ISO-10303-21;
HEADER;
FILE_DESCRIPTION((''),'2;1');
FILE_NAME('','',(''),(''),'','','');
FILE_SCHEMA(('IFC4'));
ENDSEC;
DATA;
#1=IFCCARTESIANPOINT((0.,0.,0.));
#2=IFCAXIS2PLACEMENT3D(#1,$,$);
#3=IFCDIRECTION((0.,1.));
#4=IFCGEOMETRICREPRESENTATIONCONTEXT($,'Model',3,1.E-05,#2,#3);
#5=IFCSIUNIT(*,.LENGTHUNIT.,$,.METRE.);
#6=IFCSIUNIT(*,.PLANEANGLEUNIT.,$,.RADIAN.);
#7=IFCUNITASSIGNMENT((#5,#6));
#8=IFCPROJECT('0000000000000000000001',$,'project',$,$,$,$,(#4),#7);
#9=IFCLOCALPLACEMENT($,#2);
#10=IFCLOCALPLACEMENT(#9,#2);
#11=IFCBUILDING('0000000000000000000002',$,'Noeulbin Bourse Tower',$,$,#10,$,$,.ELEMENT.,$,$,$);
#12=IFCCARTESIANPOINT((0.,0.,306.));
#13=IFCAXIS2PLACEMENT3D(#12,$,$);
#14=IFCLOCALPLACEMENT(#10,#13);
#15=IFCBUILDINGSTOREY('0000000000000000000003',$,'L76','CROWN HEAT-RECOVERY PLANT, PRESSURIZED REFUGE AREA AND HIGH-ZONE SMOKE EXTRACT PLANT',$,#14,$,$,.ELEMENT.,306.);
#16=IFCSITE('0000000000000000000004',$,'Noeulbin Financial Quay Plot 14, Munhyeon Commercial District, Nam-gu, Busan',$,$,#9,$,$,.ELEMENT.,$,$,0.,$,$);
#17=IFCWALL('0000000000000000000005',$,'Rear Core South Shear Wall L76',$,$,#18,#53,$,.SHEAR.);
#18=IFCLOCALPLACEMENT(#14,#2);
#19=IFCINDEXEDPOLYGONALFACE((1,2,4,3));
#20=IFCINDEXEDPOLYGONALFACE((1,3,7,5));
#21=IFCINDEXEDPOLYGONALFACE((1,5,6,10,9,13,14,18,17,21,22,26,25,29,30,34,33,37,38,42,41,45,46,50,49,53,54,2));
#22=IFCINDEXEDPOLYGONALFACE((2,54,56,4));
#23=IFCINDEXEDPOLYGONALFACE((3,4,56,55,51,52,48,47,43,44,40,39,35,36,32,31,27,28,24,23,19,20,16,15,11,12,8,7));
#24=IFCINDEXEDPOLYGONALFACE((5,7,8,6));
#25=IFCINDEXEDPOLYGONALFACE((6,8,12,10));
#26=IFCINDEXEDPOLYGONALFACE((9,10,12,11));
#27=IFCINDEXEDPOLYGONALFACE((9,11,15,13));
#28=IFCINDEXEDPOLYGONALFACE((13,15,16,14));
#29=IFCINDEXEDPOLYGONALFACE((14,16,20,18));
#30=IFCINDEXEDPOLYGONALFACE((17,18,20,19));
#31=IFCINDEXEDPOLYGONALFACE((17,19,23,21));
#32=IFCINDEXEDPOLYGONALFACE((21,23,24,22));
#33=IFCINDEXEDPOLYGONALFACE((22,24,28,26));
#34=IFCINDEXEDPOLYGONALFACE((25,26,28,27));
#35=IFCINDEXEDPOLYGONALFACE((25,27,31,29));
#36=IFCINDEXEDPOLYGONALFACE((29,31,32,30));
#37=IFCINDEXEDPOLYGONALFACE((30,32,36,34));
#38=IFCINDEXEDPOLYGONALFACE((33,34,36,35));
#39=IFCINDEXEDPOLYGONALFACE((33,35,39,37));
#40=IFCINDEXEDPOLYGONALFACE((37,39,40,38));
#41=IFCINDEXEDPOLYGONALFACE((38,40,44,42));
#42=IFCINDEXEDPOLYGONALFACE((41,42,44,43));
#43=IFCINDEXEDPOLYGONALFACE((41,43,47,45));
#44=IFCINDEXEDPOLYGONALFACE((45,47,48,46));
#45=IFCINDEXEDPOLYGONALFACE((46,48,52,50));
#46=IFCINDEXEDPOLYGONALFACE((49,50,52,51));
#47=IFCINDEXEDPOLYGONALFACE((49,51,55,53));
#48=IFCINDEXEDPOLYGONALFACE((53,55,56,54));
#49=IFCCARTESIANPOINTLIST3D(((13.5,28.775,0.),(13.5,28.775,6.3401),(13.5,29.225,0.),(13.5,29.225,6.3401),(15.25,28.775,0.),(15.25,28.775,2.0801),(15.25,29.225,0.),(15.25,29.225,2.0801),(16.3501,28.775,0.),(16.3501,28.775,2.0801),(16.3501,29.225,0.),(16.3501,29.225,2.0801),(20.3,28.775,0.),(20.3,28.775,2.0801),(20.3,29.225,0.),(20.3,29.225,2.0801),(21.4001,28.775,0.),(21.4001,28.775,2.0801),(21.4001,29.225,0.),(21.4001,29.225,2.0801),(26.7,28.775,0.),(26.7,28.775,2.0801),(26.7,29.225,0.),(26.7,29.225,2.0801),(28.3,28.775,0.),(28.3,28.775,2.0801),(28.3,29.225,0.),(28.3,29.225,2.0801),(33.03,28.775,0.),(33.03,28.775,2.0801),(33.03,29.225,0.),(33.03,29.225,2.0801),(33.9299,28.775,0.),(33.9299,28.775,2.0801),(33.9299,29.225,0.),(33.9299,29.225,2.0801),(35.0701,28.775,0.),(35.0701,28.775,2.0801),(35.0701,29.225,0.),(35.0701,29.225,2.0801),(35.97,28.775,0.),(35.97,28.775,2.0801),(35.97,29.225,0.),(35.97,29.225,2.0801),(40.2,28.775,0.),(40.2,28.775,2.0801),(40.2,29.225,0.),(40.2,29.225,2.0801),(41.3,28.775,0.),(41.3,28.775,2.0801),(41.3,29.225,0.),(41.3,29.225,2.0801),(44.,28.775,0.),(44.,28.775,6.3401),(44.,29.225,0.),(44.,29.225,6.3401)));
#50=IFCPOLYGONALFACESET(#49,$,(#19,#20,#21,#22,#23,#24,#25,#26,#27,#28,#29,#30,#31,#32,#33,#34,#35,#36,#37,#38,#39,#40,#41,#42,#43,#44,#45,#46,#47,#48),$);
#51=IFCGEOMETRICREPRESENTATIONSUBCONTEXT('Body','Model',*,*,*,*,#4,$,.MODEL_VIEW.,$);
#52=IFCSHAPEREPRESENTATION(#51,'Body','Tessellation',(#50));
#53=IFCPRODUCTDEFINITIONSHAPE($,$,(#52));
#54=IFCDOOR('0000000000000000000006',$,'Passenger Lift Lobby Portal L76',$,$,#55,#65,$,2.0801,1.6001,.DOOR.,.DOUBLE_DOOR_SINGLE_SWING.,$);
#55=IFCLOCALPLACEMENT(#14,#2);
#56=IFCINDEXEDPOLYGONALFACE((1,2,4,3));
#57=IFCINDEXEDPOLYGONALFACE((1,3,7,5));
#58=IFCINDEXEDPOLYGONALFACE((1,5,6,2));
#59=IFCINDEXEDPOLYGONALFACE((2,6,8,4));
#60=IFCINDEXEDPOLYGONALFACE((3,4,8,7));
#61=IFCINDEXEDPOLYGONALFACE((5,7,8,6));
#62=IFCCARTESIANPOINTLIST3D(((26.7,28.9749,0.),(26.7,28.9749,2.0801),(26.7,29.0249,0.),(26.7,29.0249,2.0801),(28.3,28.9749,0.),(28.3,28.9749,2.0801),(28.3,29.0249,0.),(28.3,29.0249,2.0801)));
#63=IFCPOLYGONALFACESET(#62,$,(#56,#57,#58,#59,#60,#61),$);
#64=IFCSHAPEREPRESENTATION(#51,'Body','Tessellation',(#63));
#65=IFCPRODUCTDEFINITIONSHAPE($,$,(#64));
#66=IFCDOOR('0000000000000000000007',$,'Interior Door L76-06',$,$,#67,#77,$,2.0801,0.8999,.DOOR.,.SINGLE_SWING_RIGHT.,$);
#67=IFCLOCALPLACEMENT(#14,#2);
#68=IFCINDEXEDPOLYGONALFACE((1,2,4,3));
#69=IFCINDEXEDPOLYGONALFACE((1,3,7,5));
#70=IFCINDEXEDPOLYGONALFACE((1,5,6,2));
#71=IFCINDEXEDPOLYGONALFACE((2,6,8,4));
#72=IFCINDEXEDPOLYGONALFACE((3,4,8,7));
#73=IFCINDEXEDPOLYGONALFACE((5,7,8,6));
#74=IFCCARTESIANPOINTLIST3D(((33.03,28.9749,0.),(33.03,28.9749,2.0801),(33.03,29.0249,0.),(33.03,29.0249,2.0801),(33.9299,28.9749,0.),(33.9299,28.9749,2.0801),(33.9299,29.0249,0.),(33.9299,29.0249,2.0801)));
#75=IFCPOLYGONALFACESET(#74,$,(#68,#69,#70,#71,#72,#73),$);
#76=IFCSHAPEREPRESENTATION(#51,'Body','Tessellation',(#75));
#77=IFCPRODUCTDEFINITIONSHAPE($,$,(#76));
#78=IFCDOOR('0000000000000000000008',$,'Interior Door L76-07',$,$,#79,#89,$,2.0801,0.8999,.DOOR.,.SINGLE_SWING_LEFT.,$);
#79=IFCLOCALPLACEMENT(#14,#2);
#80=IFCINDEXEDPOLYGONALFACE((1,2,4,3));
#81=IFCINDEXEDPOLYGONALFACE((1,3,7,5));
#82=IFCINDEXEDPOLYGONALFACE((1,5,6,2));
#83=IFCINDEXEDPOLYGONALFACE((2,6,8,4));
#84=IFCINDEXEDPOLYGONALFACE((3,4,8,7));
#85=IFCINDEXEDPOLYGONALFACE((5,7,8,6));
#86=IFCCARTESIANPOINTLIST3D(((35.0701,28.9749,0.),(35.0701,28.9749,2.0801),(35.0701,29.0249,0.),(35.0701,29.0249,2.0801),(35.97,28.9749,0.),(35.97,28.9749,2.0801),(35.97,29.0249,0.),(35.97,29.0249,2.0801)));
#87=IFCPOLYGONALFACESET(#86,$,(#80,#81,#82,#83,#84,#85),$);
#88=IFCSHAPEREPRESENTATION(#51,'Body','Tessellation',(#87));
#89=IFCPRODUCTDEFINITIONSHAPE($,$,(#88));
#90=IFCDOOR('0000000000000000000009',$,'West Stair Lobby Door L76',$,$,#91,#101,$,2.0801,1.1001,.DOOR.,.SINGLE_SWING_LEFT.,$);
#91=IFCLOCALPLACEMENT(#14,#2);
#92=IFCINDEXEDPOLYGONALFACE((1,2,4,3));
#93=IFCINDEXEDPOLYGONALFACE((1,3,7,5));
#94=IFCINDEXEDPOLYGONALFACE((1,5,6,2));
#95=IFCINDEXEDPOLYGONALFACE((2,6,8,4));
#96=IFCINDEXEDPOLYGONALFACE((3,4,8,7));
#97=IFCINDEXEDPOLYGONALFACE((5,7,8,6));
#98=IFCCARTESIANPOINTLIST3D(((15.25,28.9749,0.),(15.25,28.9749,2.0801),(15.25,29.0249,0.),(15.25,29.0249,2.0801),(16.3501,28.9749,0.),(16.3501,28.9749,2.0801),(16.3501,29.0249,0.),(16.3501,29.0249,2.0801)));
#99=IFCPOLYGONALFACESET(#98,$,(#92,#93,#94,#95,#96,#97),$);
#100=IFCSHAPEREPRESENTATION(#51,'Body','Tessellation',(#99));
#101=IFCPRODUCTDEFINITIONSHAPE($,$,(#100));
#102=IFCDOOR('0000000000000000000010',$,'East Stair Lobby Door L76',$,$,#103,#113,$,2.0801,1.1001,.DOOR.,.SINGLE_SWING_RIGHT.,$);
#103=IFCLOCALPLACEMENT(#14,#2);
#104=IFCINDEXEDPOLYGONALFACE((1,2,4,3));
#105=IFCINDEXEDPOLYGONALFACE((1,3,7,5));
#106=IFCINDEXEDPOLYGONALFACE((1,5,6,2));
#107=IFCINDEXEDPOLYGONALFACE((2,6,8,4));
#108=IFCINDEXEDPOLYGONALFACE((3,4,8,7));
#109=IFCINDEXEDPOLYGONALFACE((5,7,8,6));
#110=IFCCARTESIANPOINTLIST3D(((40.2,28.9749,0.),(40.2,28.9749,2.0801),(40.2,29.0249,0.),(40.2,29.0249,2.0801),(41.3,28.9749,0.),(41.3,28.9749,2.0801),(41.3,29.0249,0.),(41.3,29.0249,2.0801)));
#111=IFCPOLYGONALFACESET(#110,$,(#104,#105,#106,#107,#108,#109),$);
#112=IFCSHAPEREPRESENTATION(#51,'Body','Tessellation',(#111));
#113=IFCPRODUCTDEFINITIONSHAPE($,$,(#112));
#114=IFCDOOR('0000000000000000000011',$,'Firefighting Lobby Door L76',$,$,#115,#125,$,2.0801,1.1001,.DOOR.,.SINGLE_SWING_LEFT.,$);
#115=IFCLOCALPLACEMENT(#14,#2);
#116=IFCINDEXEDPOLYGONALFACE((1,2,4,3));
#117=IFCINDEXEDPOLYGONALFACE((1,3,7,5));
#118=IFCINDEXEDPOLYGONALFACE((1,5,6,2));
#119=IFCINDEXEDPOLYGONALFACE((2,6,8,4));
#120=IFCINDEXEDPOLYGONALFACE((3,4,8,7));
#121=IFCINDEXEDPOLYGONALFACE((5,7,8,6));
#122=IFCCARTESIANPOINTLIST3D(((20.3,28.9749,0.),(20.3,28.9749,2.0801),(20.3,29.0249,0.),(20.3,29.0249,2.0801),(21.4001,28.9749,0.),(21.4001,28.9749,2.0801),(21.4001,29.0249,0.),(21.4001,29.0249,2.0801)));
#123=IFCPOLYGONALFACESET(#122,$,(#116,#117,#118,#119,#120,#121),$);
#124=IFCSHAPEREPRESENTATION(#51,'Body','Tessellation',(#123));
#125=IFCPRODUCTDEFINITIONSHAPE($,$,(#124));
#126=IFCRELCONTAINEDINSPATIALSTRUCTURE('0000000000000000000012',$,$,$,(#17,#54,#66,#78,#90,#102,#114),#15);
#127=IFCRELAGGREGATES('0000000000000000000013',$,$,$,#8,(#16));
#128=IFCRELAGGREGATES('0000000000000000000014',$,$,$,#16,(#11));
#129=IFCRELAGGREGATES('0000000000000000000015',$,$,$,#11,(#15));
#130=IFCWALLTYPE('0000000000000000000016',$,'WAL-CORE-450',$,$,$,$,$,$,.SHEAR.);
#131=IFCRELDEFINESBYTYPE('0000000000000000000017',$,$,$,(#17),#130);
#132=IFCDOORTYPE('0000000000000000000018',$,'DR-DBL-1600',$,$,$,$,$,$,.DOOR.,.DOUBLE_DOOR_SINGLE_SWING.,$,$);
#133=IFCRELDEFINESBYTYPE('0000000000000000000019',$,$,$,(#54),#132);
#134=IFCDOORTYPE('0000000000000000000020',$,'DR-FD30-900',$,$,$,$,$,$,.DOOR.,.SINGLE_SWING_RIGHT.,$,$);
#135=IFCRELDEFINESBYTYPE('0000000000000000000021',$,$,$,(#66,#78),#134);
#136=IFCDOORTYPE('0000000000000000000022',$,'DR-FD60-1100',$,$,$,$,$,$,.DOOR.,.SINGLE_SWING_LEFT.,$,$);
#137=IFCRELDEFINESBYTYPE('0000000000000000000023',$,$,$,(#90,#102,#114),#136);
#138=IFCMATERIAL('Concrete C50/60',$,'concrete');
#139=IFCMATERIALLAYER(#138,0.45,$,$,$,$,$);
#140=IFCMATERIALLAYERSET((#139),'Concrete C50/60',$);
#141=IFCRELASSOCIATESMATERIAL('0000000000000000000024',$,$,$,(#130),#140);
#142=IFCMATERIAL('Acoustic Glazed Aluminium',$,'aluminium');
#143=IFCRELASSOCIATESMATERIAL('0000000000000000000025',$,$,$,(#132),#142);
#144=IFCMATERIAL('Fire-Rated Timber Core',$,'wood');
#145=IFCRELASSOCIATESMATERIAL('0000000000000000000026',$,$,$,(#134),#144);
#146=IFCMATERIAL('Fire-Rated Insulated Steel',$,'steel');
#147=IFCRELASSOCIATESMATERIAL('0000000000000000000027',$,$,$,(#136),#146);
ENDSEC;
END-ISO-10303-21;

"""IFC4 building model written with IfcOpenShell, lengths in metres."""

from ifc_helpers import new_model, si_unit, direction, frame, frame_2d, origin, place, context, subcontext, project, spatial, rectangle, extrude, material, layer, layer_set, type_object, element, fill, save


model = new_model("IFC4")

# Units and contexts
model_context = context("Model", 3, precision=1e-05, world=origin(), true_north=direction((0.0, 1.0)))
body_context = subcontext(model_context, "Body", "Model", "MODEL_VIEW")
ifc_project = project(units=[si_unit("LENGTHUNIT", "METRE"), si_unit("PLANEANGLEUNIT", "RADIAN")], contexts=[model_context])

# Site, building, storey
site_placement = place(None, origin())
site = spatial("IfcSite", under=ifc_project, at=site_placement, Name="Noeulbin Financial Quay Plot 14, Munhyeon Commercial District, Nam-gu, Busan", CompositionType="ELEMENT", RefElevation=0.0)
building_placement = place(site_placement, origin())
building = spatial("IfcBuilding", under=site, at=building_placement, Name="Noeulbin Bourse Tower", CompositionType="ELEMENT")
storey_placement = place(building_placement, frame((0.0, 0.0, 306.0)))
storey = spatial("IfcBuildingStorey", under=building, at=storey_placement, Name="L76", Description="CROWN HEAT-RECOVERY PLANT, PRESSURIZED REFUGE AREA AND HIGH-ZONE SMOKE EXTRACT PLANT", CompositionType="ELEMENT", Elevation=306.0)

# Wall, openings, doors
ifc_material_1 = material(Name="Concrete C50/60", Category="concrete")
ifc_layer_1 = layer(ifc_material_1, 0.45)
ifc_layer_set_1 = layer_set([ifc_layer_1], Name="Concrete C50/60")
wall_type_1 = type_object("IfcWallType", Name="WAL-CORE-450", PredefinedType="SHEAR", material=ifc_layer_set_1)
wall_1_placement = place(storey_placement, frame((13.5, 29.0, 0.0), z_axis=(0.0, 0.0, 1.0), x_axis=(1.0, 0.0, 0.0)))
wall_1 = element("IfcWall", 1, at=wall_1_placement, inside=storey, type_object=wall_type_1, Name="Rear Core South Shear Wall L76", PredefinedType="SHEAR", context=body_context, shape_type="SweptSolid", body=[
    extrude(rectangle(XDim=30.5, YDim=0.45, at=frame_2d((15.25, 0.0))), origin(), (0.0, 0.0, 1.0), 6.3401),
])
opening_1_placement = place(wall_1_placement, frame((1.75, 0.0, 0.0)))
opening_1 = element("IfcOpeningElement", 2, at=opening_1_placement, cuts=wall_1, PredefinedType="OPENING", context=body_context, shape_type="SweptSolid", body=[
    extrude(rectangle(XDim=1.1001, YDim=2.0801, at=frame_2d((0.55, 1.04))), frame((0.0, 0.2349, 0.0), z_axis=(0.0, -1.0, 0.0), x_axis=(1.0, 0.0, 0.0)), (0.0, 0.0, 1.0), 0.47),
])
opening_2_placement = place(wall_1_placement, frame((26.7, 0.0, 0.0)))
opening_2 = element("IfcOpeningElement", 3, at=opening_2_placement, cuts=wall_1, PredefinedType="OPENING", context=body_context, shape_type="SweptSolid", body=[
    extrude(rectangle(XDim=1.1001, YDim=2.0801, at=frame_2d((0.55, 1.04))), frame((0.0, 0.2349, 0.0), z_axis=(0.0, -1.0, 0.0), x_axis=(1.0, 0.0, 0.0)), (0.0, 0.0, 1.0), 0.47),
])
opening_3_placement = place(wall_1_placement, frame((6.8, 0.0, 0.0)))
opening_3 = element("IfcOpeningElement", 4, at=opening_3_placement, cuts=wall_1, PredefinedType="OPENING", context=body_context, shape_type="SweptSolid", body=[
    extrude(rectangle(XDim=1.1001, YDim=2.0801, at=frame_2d((0.55, 1.04))), frame((0.0, 0.2349, 0.0), z_axis=(0.0, -1.0, 0.0), x_axis=(1.0, 0.0, 0.0)), (0.0, 0.0, 1.0), 0.47),
])
opening_4_placement = place(wall_1_placement, frame((13.2, 0.0, 0.0)))
opening_4 = element("IfcOpeningElement", 5, at=opening_4_placement, cuts=wall_1, PredefinedType="OPENING", context=body_context, shape_type="SweptSolid", body=[
    extrude(rectangle(XDim=1.6001, YDim=2.0801, at=frame_2d((0.8, 1.04))), frame((0.0, 0.2349, 0.0), z_axis=(0.0, -1.0, 0.0), x_axis=(1.0, 0.0, 0.0)), (0.0, 0.0, 1.0), 0.47),
])
opening_5_placement = place(wall_1_placement, frame((19.53, 0.0, 0.0)))
opening_5 = element("IfcOpeningElement", 6, at=opening_5_placement, cuts=wall_1, PredefinedType="OPENING", context=body_context, shape_type="SweptSolid", body=[
    extrude(rectangle(XDim=0.8999, YDim=2.0801, at=frame_2d((0.45, 1.04))), frame((0.0, 0.2349, 0.0), z_axis=(0.0, -1.0, 0.0), x_axis=(1.0, 0.0, 0.0)), (0.0, 0.0, 1.0), 0.47),
])
opening_6_placement = place(wall_1_placement, frame((21.5701, 0.0, 0.0)))
opening_6 = element("IfcOpeningElement", 7, at=opening_6_placement, cuts=wall_1, PredefinedType="OPENING", context=body_context, shape_type="SweptSolid", body=[
    extrude(rectangle(XDim=0.8999, YDim=2.0801, at=frame_2d((0.45, 1.04))), frame((0.0, 0.2349, 0.0), z_axis=(0.0, -1.0, 0.0), x_axis=(1.0, 0.0, 0.0)), (0.0, 0.0, 1.0), 0.47),
])
ifc_material_2 = material(Name="Acoustic Glazed Aluminium", Category="aluminium")
door_type_1 = type_object("IfcDoorType", Name="DR-DBL-1600", OperationType="DOUBLE_DOOR_SINGLE_SWING", PredefinedType="DOOR", material=ifc_material_2)
door_1_placement = place(opening_4_placement, origin())
door_1 = element("IfcDoor", 8, at=door_1_placement, inside=storey, type_object=door_type_1, Name="Passenger Lift Lobby Portal L76", OperationType="DOUBLE_DOOR_SINGLE_SWING", OverallHeight=2.0801, OverallWidth=1.6001, PredefinedType="DOOR", context=body_context, shape_type="SweptSolid", body=[
    extrude(rectangle(XDim=1.6001, YDim=2.0801, at=frame_2d((0.8, 1.04))), frame((0.0, 0.0249, 0.0), z_axis=(0.0, -1.0, 0.0), x_axis=(1.0, 0.0, 0.0)), (0.0, 0.0, 1.0), 0.05),
])
fill(opening_4, door_1)
ifc_material_3 = material(Name="Fire-Rated Timber Core", Category="wood")
door_type_2 = type_object("IfcDoorType", Name="DR-FD30-900", OperationType="SINGLE_SWING_RIGHT", PredefinedType="DOOR", material=ifc_material_3)
door_2_placement = place(opening_5_placement, origin())
door_2 = element("IfcDoor", 9, at=door_2_placement, inside=storey, type_object=door_type_2, Name="Interior Door L76-06", OperationType="SINGLE_SWING_RIGHT", OverallHeight=2.0801, OverallWidth=0.8999, PredefinedType="DOOR", context=body_context, shape_type="SweptSolid", body=[
    extrude(rectangle(XDim=0.8999, YDim=2.0801, at=frame_2d((0.45, 1.04))), frame((0.0, 0.0249, 0.0), z_axis=(0.0, -1.0, 0.0), x_axis=(1.0, 0.0, 0.0)), (0.0, 0.0, 1.0), 0.05),
])
fill(opening_5, door_2)
door_3_placement = place(opening_6_placement, origin())
door_3 = element("IfcDoor", 10, at=door_3_placement, inside=storey, type_object=door_type_2, Name="Interior Door L76-07", OperationType="SINGLE_SWING_LEFT", OverallHeight=2.0801, OverallWidth=0.8999, PredefinedType="DOOR", context=body_context, shape_type="SweptSolid", body=[
    extrude(rectangle(XDim=0.8999, YDim=2.0801, at=frame_2d((0.45, 1.04))), frame((0.0, 0.0249, 0.0), z_axis=(0.0, -1.0, 0.0), x_axis=(1.0, 0.0, 0.0)), (0.0, 0.0, 1.0), 0.05),
])
fill(opening_6, door_3)
ifc_material_4 = material(Name="Fire-Rated Insulated Steel", Category="steel")
door_type_3 = type_object("IfcDoorType", Name="DR-FD60-1100", OperationType="SINGLE_SWING_LEFT", PredefinedType="DOOR", material=ifc_material_4)
door_4_placement = place(opening_1_placement, origin())
door_4 = element("IfcDoor", 11, at=door_4_placement, inside=storey, type_object=door_type_3, Name="West Stair Lobby Door L76", OperationType="SINGLE_SWING_LEFT", OverallHeight=2.0801, OverallWidth=1.1001, PredefinedType="DOOR", context=body_context, shape_type="SweptSolid", body=[
    extrude(rectangle(XDim=1.1001, YDim=2.0801, at=frame_2d((0.55, 1.04))), frame((0.0, 0.0249, 0.0), z_axis=(0.0, -1.0, 0.0), x_axis=(1.0, 0.0, 0.0)), (0.0, 0.0, 1.0), 0.05),
])
fill(opening_1, door_4)
door_5_placement = place(opening_2_placement, origin())
door_5 = element("IfcDoor", 12, at=door_5_placement, inside=storey, type_object=door_type_3, Name="East Stair Lobby Door L76", OperationType="SINGLE_SWING_RIGHT", OverallHeight=2.0801, OverallWidth=1.1001, PredefinedType="DOOR", context=body_context, shape_type="SweptSolid", body=[
    extrude(rectangle(XDim=1.1001, YDim=2.0801, at=frame_2d((0.55, 1.04))), frame((0.0, 0.0249, 0.0), z_axis=(0.0, -1.0, 0.0), x_axis=(1.0, 0.0, 0.0)), (0.0, 0.0, 1.0), 0.05),
])
fill(opening_2, door_5)
door_6_placement = place(opening_3_placement, origin())
door_6 = element("IfcDoor", 13, at=door_6_placement, inside=storey, type_object=door_type_3, Name="Firefighting Lobby Door L76", OperationType="SINGLE_SWING_LEFT", OverallHeight=2.0801, OverallWidth=1.1001, PredefinedType="DOOR", context=body_context, shape_type="SweptSolid", body=[
    extrude(rectangle(XDim=1.1001, YDim=2.0801, at=frame_2d((0.55, 1.04))), frame((0.0, 0.0249, 0.0), z_axis=(0.0, -1.0, 0.0), x_axis=(1.0, 0.0, 0.0)), (0.0, 0.0, 1.0), 0.05),
])
fill(opening_3, door_6)

save(model, "model.ifc")
